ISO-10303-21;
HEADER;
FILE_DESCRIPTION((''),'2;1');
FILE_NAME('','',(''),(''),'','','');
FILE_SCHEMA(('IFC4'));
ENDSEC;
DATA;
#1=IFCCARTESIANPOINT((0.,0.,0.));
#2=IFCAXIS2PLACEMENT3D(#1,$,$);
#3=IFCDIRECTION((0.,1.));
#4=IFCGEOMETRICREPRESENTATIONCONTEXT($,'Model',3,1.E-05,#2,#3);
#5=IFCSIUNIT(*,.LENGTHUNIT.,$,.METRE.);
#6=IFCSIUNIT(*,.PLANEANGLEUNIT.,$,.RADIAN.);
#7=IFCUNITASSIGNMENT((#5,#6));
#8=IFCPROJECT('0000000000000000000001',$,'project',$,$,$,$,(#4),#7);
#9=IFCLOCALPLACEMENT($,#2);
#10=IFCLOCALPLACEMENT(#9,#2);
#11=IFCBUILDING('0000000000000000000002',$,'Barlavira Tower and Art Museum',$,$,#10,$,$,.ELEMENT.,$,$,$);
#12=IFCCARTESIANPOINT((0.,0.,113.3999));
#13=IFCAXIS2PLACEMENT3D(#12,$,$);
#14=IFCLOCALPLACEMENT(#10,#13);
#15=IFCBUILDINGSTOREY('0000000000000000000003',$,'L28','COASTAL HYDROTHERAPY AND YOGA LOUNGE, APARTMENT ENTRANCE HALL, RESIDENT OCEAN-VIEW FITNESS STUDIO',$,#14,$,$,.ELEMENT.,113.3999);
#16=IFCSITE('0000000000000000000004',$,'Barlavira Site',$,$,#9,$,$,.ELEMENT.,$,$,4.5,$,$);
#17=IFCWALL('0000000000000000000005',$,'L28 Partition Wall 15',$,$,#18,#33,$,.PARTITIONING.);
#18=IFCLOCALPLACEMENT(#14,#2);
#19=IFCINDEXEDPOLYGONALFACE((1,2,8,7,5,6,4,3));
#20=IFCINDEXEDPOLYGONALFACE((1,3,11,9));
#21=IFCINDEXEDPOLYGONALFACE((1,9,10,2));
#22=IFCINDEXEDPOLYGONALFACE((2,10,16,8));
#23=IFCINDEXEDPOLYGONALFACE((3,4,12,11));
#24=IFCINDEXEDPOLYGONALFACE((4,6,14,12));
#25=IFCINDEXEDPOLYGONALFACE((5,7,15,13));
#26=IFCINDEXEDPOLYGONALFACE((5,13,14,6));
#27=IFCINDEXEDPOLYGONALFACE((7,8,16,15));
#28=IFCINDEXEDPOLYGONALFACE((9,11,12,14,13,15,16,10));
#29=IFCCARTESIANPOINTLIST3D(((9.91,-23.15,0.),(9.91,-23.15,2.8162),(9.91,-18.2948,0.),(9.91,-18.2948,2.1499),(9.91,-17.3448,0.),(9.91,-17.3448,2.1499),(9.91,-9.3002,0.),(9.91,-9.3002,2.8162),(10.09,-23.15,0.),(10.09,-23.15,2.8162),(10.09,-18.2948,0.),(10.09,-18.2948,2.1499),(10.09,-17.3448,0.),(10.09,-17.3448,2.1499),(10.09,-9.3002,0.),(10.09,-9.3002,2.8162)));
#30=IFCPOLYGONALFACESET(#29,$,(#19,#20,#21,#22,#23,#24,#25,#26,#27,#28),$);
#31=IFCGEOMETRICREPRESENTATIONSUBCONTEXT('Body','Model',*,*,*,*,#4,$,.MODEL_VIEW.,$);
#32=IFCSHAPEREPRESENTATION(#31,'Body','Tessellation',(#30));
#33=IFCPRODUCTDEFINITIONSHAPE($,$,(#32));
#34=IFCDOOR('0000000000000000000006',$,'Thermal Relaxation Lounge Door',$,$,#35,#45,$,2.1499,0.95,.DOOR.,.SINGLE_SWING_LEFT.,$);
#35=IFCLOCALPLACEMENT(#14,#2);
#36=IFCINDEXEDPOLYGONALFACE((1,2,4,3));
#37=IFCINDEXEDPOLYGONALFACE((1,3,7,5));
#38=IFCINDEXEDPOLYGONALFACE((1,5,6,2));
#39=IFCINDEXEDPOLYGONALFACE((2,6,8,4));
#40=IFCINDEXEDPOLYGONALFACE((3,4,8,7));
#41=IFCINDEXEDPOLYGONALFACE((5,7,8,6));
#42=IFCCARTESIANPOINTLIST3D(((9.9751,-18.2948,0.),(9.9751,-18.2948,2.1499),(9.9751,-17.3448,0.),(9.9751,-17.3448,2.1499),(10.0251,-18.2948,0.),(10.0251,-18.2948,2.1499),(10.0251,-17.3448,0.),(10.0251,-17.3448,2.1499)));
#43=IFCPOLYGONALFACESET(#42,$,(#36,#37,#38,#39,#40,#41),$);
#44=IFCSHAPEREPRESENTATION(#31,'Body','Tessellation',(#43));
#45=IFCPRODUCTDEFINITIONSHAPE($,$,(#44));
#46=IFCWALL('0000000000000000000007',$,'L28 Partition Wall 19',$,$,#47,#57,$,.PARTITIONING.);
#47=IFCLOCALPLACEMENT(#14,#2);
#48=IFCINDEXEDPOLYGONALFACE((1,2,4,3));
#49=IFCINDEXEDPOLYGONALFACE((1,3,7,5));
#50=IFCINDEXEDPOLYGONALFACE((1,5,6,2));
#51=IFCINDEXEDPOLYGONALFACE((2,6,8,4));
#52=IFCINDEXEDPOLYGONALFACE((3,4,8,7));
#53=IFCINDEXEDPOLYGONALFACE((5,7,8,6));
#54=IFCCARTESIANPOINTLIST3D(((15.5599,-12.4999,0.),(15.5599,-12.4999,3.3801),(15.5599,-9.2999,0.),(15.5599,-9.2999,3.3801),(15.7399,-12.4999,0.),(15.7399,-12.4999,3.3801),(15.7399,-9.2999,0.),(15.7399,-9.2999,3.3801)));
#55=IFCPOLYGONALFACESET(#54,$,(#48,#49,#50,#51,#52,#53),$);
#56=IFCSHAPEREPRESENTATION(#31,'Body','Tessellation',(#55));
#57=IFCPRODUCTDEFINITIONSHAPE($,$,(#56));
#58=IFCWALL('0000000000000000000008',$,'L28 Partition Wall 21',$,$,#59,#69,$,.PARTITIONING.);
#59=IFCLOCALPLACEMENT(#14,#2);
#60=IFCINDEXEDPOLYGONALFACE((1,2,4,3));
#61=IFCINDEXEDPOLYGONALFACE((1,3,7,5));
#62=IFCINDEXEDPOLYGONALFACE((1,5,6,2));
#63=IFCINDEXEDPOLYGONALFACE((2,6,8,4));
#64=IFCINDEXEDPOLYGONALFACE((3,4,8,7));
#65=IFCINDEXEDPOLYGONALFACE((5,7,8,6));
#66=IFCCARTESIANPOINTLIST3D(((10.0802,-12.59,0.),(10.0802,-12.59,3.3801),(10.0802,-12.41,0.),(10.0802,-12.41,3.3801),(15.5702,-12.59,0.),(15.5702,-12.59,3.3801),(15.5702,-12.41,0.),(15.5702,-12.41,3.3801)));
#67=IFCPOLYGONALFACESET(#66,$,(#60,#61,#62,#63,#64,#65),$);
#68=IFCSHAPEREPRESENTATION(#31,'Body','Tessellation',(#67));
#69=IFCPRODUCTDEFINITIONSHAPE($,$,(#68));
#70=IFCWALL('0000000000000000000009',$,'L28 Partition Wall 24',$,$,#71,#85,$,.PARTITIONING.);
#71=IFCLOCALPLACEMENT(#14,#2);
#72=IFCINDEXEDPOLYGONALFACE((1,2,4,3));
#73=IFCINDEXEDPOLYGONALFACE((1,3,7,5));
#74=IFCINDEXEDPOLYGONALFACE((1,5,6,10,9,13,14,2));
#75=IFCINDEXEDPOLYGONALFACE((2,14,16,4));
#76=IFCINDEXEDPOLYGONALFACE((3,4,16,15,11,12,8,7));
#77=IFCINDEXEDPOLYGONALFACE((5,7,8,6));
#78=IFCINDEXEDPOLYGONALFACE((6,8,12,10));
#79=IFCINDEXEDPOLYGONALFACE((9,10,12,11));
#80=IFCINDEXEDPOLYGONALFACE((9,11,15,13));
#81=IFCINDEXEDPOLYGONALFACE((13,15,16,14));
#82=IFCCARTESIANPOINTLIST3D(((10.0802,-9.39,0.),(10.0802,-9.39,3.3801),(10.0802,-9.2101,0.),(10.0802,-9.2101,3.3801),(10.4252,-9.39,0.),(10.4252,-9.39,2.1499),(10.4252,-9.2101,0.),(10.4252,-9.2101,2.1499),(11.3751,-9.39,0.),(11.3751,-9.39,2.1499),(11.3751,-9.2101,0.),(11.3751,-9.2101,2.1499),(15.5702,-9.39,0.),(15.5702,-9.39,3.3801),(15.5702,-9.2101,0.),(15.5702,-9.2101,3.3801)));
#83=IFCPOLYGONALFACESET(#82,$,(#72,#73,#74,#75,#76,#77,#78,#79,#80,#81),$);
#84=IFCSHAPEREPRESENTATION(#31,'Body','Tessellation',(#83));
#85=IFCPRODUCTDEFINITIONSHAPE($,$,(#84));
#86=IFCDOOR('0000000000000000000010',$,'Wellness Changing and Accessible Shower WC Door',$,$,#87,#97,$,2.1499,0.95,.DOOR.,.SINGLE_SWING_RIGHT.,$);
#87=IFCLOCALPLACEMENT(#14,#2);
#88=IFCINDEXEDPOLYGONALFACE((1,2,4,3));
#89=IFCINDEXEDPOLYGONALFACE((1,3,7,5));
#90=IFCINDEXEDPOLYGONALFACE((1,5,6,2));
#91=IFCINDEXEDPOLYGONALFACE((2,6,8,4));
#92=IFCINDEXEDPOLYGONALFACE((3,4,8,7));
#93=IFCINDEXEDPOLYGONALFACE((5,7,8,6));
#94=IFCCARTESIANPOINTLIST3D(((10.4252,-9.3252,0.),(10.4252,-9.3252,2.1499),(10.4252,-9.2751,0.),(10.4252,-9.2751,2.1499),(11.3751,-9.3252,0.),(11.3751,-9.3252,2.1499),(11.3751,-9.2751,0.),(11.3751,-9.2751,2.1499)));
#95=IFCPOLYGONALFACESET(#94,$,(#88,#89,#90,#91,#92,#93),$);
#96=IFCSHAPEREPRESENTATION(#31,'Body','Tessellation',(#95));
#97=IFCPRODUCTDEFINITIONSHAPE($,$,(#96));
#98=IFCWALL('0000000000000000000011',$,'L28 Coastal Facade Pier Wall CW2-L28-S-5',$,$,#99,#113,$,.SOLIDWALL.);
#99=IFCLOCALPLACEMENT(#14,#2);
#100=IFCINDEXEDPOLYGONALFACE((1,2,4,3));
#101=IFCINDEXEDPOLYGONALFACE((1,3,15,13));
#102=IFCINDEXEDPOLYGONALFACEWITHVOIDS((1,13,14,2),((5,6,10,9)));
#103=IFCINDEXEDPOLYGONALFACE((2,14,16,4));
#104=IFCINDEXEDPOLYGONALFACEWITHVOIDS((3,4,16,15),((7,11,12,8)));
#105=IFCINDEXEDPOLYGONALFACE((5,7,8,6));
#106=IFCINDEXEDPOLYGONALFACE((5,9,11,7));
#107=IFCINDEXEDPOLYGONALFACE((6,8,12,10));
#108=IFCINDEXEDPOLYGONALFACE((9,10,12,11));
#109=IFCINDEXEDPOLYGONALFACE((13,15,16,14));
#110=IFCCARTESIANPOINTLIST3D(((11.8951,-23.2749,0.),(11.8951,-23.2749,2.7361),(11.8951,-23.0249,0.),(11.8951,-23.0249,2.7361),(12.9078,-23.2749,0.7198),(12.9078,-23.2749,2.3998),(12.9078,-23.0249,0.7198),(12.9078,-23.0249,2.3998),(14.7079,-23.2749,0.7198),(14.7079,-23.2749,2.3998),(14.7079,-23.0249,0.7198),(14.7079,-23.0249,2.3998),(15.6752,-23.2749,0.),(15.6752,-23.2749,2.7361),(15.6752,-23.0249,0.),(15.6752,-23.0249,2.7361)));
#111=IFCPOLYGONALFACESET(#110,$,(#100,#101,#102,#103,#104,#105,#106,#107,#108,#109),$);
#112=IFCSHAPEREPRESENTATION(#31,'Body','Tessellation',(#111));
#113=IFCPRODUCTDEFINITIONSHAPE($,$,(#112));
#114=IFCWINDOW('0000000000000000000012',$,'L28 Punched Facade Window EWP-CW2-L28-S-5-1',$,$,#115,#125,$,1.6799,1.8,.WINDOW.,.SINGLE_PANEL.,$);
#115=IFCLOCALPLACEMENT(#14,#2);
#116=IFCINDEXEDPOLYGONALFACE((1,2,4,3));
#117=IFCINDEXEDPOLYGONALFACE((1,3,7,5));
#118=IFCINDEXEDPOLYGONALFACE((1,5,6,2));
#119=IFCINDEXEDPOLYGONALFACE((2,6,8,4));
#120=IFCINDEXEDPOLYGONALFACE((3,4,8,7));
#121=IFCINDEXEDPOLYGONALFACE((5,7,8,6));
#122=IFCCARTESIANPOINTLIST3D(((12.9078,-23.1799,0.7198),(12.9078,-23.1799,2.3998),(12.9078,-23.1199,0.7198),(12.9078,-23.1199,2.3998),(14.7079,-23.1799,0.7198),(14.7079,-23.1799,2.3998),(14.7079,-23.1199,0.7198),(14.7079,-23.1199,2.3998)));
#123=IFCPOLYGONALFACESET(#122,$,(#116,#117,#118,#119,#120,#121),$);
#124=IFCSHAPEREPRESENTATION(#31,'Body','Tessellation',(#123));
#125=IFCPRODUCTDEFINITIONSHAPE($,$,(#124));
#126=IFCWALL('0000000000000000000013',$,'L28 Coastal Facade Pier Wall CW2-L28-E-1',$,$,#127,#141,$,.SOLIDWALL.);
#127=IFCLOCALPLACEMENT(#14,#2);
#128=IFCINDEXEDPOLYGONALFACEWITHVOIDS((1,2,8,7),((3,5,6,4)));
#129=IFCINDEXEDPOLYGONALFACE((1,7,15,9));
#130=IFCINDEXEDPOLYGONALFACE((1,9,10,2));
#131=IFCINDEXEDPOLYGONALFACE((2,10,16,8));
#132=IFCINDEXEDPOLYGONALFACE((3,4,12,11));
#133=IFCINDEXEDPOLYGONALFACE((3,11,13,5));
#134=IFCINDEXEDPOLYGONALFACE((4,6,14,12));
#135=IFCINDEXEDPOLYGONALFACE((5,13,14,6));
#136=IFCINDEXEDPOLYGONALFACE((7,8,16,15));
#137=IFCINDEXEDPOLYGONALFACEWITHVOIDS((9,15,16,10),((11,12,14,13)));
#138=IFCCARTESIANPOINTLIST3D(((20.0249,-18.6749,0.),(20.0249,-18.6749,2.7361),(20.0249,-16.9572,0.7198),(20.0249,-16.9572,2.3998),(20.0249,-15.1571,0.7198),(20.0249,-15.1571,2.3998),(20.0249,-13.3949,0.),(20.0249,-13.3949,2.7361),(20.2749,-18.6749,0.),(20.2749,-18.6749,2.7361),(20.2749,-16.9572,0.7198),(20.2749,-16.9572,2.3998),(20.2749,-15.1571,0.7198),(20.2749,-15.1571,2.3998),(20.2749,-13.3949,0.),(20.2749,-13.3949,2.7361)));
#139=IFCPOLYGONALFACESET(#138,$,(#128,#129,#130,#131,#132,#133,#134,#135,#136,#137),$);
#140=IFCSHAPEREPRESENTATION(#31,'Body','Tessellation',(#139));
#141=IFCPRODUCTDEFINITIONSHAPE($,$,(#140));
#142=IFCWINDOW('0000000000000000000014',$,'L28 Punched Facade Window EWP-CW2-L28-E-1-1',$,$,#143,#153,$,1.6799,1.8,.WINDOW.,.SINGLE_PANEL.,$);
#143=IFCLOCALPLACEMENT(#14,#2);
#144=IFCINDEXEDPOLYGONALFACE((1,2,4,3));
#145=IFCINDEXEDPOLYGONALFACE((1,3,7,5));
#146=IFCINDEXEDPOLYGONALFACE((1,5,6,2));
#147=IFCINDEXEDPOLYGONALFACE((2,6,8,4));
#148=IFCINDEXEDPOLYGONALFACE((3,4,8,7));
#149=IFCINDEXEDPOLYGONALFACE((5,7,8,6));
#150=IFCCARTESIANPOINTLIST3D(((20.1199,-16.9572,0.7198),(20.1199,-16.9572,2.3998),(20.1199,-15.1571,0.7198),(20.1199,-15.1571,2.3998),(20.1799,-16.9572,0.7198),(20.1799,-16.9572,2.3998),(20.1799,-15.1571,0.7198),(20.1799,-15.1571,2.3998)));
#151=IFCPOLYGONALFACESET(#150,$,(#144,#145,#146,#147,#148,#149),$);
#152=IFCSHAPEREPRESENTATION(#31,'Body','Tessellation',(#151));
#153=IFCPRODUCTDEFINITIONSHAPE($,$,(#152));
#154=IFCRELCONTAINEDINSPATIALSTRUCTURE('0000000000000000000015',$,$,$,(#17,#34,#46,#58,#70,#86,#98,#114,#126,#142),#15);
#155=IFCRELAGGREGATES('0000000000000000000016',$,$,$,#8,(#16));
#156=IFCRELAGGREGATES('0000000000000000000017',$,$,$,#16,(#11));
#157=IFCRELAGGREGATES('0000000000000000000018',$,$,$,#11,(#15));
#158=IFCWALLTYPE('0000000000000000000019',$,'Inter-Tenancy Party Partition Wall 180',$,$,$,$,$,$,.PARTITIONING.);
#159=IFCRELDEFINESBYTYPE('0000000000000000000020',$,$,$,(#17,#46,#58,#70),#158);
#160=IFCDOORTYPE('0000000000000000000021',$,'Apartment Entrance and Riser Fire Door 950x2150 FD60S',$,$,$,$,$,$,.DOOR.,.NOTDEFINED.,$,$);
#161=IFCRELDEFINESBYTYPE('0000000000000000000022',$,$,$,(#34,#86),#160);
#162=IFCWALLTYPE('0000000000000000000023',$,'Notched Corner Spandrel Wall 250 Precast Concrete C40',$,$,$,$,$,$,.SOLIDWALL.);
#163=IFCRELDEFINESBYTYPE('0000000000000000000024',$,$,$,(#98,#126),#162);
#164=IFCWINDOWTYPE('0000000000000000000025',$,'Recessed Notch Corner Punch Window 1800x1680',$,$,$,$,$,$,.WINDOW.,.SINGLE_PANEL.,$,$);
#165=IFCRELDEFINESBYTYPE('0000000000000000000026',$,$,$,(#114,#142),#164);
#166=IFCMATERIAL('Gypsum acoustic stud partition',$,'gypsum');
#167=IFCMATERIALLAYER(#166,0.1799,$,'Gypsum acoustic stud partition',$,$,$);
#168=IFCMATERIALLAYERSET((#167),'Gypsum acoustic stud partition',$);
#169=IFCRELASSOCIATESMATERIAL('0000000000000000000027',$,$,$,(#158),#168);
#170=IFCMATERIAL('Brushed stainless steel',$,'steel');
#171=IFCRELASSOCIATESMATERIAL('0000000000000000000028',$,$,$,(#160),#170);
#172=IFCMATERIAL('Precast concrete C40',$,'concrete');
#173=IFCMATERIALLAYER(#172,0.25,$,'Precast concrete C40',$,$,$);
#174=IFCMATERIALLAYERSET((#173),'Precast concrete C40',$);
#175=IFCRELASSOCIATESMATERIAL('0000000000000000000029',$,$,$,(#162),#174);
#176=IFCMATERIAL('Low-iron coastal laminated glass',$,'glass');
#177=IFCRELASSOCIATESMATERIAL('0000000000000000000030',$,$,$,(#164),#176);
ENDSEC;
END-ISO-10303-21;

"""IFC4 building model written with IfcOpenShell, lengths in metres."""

from ifc_helpers import new_model, si_unit, direction, frame, frame_2d, origin, place, context, subcontext, project, spatial, rectangle, extrude, material, layer, layer_set, type_object, element, fill, save


model = new_model("IFC4")

# Units and contexts
model_context = context("Model", 3, precision=1e-05, world=origin(), true_north=direction((0.0, 1.0)))
body_context = subcontext(model_context, "Body", "Model", "MODEL_VIEW")
ifc_project = project(units=[si_unit("LENGTHUNIT", "METRE"), si_unit("PLANEANGLEUNIT", "RADIAN")], contexts=[model_context])

# Site, building, storey
site_placement = place(None, origin())
site = spatial("IfcSite", under=ifc_project, at=site_placement, Name="Barlavira Site", CompositionType="ELEMENT", RefElevation=4.5)
building_placement = place(site_placement, origin())
building = spatial("IfcBuilding", under=site, at=building_placement, Name="Barlavira Tower and Art Museum", CompositionType="ELEMENT")
storey_placement = place(building_placement, frame((0.0, 0.0, 113.3999)))
storey = spatial("IfcBuildingStorey", under=building, at=storey_placement, Name="L28", Description="COASTAL HYDROTHERAPY AND YOGA LOUNGE, APARTMENT ENTRANCE HALL, RESIDENT OCEAN-VIEW FITNESS STUDIO", CompositionType="ELEMENT", Elevation=113.3999)

# Wall, opening, door
ifc_material_1 = material(Name="Gypsum acoustic stud partition", Category="gypsum")
ifc_layer_1 = layer(ifc_material_1, 0.1799, Name="Gypsum acoustic stud partition")
ifc_layer_set_1 = layer_set([ifc_layer_1], Name="Gypsum acoustic stud partition")
wall_type_1 = type_object("IfcWallType", Name="Inter-Tenancy Party Partition Wall 180", PredefinedType="PARTITIONING", material=ifc_layer_set_1)
ifc_material_2 = material(Name="Brushed stainless steel", Category="steel")
door_type = type_object("IfcDoorType", Name="Apartment Entrance and Riser Fire Door 950x2150 FD60S", OperationType="NOTDEFINED", PredefinedType="DOOR", material=ifc_material_2)
wall_1_placement = place(storey_placement, frame((10.0, -23.1499, 0.0), z_axis=(0.0, 0.0, 1.0), x_axis=(0.0, 1.0, 0.0)))
wall_1 = element("IfcWall", 1, at=wall_1_placement, inside=storey, type_object=wall_type_1, Name="L28 Partition Wall 15", PredefinedType="PARTITIONING", context=body_context, shape_type="SweptSolid", body=[
    extrude(rectangle(XDim=13.8499, YDim=0.1799, at=frame_2d((6.9248, 0.0))), origin(), (0.0, 0.0, 1.0), 2.8162),
])
opening_1_placement = place(wall_1_placement, frame((4.855, 0.0, 0.0)))
opening_1 = element("IfcOpeningElement", 2, at=opening_1_placement, cuts=wall_1, PredefinedType="OPENING", context=body_context, shape_type="SweptSolid", body=[
    extrude(rectangle(XDim=0.95, YDim=2.1499, at=frame_2d((0.4751, 1.075))), frame((0.0, 0.1001, 0.0), z_axis=(0.0, -1.0, 0.0), x_axis=(1.0, 0.0, 0.0)), (0.0, 0.0, 1.0), 0.2),
])
door_1_placement = place(opening_1_placement, origin())
door_1 = element("IfcDoor", 3, at=door_1_placement, inside=storey, type_object=door_type, Name="Thermal Relaxation Lounge Door", OperationType="SINGLE_SWING_LEFT", OverallHeight=2.1499, OverallWidth=0.95, PredefinedType="DOOR", context=body_context, shape_type="SweptSolid", body=[
    extrude(rectangle(XDim=0.95, YDim=2.1499, at=frame_2d((0.4751, 1.075))), frame((0.0, 0.0249, 0.0), z_axis=(0.0, -1.0, 0.0), x_axis=(1.0, 0.0, 0.0)), (0.0, 0.0, 1.0), 0.05),
])
fill(opening_1, door_1)

# Walls
wall_2_placement = place(storey_placement, frame((15.6499, -12.5, 0.0), z_axis=(0.0, 0.0, 1.0), x_axis=(0.0, 1.0, 0.0)))
element("IfcWall", 4, at=wall_2_placement, inside=storey, type_object=wall_type_1, Name="L28 Partition Wall 19", PredefinedType="PARTITIONING", context=body_context, shape_type="SweptSolid", body=[
    extrude(rectangle(XDim=3.2, YDim=0.1799, at=frame_2d((1.6001, 0.0))), origin(), (0.0, 0.0, 1.0), 3.3801),
])
wall_3_placement = place(storey_placement, frame((10.0801, -12.5, 0.0), z_axis=(0.0, 0.0, 1.0), x_axis=(1.0, 0.0, 0.0)))
element("IfcWall", 5, at=wall_3_placement, inside=storey, type_object=wall_type_1, Name="L28 Partition Wall 21", PredefinedType="PARTITIONING", context=body_context, shape_type="SweptSolid", body=[
    extrude(rectangle(XDim=5.49, YDim=0.1799, at=frame_2d((2.7451, 0.0))), origin(), (0.0, 0.0, 1.0), 3.3801),
])

# Wall, opening, door
wall_4_placement = place(storey_placement, frame((10.0801, -9.3, 0.0), z_axis=(0.0, 0.0, 1.0), x_axis=(1.0, 0.0, 0.0)))
wall_4 = element("IfcWall", 6, at=wall_4_placement, inside=storey, type_object=wall_type_1, Name="L28 Partition Wall 24", PredefinedType="PARTITIONING", context=body_context, shape_type="SweptSolid", body=[
    extrude(rectangle(XDim=5.49, YDim=0.1799, at=frame_2d((2.7451, 0.0))), origin(), (0.0, 0.0, 1.0), 3.3801),
])
opening_2_placement = place(wall_4_placement, frame((0.345, 0.0, 0.0)))
opening_2 = element("IfcOpeningElement", 7, at=opening_2_placement, cuts=wall_4, PredefinedType="OPENING", context=body_context, shape_type="SweptSolid", body=[
    extrude(rectangle(XDim=0.95, YDim=2.1499, at=frame_2d((0.4751, 1.075))), frame((0.0, 0.1001, 0.0), z_axis=(0.0, -1.0, 0.0), x_axis=(1.0, 0.0, 0.0)), (0.0, 0.0, 1.0), 0.2),
])
door_2_placement = place(opening_2_placement, origin())
door_2 = element("IfcDoor", 8, at=door_2_placement, inside=storey, type_object=door_type, Name="Wellness Changing and Accessible Shower WC Door", OperationType="SINGLE_SWING_RIGHT", OverallHeight=2.1499, OverallWidth=0.95, PredefinedType="DOOR", context=body_context, shape_type="SweptSolid", body=[
    extrude(rectangle(XDim=0.95, YDim=2.1499, at=frame_2d((0.4751, 1.075))), frame((0.0, 0.0249, 0.0), z_axis=(0.0, -1.0, 0.0), x_axis=(1.0, 0.0, 0.0)), (0.0, 0.0, 1.0), 0.05),
])
fill(opening_2, door_2)

# Walls, openings, windows
ifc_material_3 = material(Name="Precast concrete C40", Category="concrete")
ifc_layer_2 = layer(ifc_material_3, 0.25, Name="Precast concrete C40")
ifc_layer_set_2 = layer_set([ifc_layer_2], Name="Precast concrete C40")
wall_type_2 = type_object("IfcWallType", Name="Notched Corner Spandrel Wall 250 Precast Concrete C40", PredefinedType="SOLIDWALL", material=ifc_layer_set_2)
wall_5_placement = place(storey_placement, frame((11.895, -23.1499, 0.0), z_axis=(0.0, 0.0, 1.0), x_axis=(1.0, 0.0, 0.0)))
wall_5 = element("IfcWall", 9, at=wall_5_placement, inside=storey, type_object=wall_type_2, Name="L28 Coastal Facade Pier Wall CW2-L28-S-5", PredefinedType="SOLIDWALL", context=body_context, shape_type="SweptSolid", body=[
    extrude(rectangle(XDim=3.78, YDim=0.25, at=frame_2d((1.8901, 0.0))), origin(), (0.0, 0.0, 1.0), 2.7361),
])
opening_3_placement = place(wall_5_placement, frame((1.0129, 0.0, 0.72)))
opening_3 = element("IfcOpeningElement", 10, at=opening_3_placement, cuts=wall_5, PredefinedType="OPENING", context=body_context, shape_type="SweptSolid", body=[
    extrude(rectangle(XDim=1.8, YDim=1.6799, at=frame_2d((0.8999, 0.8398))), frame((0.0, 0.135, 0.0), z_axis=(0.0, -1.0, 0.0), x_axis=(1.0, 0.0, 0.0)), (0.0, 0.0, 1.0), 0.27),
])
ifc_material_4 = material(Name="Low-iron coastal laminated glass", Category="glass")
window_type = type_object("IfcWindowType", Name="Recessed Notch Corner Punch Window 1800x1680", PartitioningType="SINGLE_PANEL", PredefinedType="WINDOW", material=ifc_material_4)
window_1_placement = place(opening_3_placement, origin())
window_1 = element("IfcWindow", 11, at=window_1_placement, inside=storey, type_object=window_type, Name="L28 Punched Facade Window EWP-CW2-L28-S-5-1", OverallHeight=1.6799, OverallWidth=1.8, PartitioningType="SINGLE_PANEL", PredefinedType="WINDOW", context=body_context, shape_type="SweptSolid", body=[
    extrude(rectangle(XDim=1.8, YDim=1.6799, at=frame_2d((0.8999, 0.8398))), frame((0.0, 0.03, 0.0), z_axis=(0.0, -1.0, 0.0), x_axis=(1.0, 0.0, 0.0)), (0.0, 0.0, 1.0), 0.0601),
])
fill(opening_3, window_1)
wall_6_placement = place(storey_placement, frame((20.1499, -18.675, 0.0), z_axis=(0.0, 0.0, 1.0), x_axis=(0.0, 1.0, 0.0)))
wall_6 = element("IfcWall", 12, at=wall_6_placement, inside=storey, type_object=wall_type_2, Name="L28 Coastal Facade Pier Wall CW2-L28-E-1", PredefinedType="SOLIDWALL", context=body_context, shape_type="SweptSolid", body=[
    extrude(rectangle(XDim=5.28, YDim=0.25, at=frame_2d((2.6401, 0.0))), origin(), (0.0, 0.0, 1.0), 2.7361),
])
opening_4_placement = place(wall_6_placement, frame((1.718, 0.0, 0.72)))
opening_4 = element("IfcOpeningElement", 13, at=opening_4_placement, cuts=wall_6, PredefinedType="OPENING", context=body_context, shape_type="SweptSolid", body=[
    extrude(rectangle(XDim=1.8, YDim=1.6799, at=frame_2d((0.8999, 0.8398))), frame((0.0, 0.135, 0.0), z_axis=(0.0, -1.0, 0.0), x_axis=(1.0, 0.0, 0.0)), (0.0, 0.0, 1.0), 0.27),
])
window_2_placement = place(opening_4_placement, origin())
window_2 = element("IfcWindow", 14, at=window_2_placement, inside=storey, type_object=window_type, Name="L28 Punched Facade Window EWP-CW2-L28-E-1-1", OverallHeight=1.6799, OverallWidth=1.8, PartitioningType="SINGLE_PANEL", PredefinedType="WINDOW", context=body_context, shape_type="SweptSolid", body=[
    extrude(rectangle(XDim=1.8, YDim=1.6799, at=frame_2d((0.8999, 0.8398))), frame((0.0, 0.03, 0.0), z_axis=(0.0, -1.0, 0.0), x_axis=(1.0, 0.0, 0.0)), (0.0, 0.0, 1.0), 0.0601),
])
fill(opening_4, window_2)

save(model, "model.ifc")
